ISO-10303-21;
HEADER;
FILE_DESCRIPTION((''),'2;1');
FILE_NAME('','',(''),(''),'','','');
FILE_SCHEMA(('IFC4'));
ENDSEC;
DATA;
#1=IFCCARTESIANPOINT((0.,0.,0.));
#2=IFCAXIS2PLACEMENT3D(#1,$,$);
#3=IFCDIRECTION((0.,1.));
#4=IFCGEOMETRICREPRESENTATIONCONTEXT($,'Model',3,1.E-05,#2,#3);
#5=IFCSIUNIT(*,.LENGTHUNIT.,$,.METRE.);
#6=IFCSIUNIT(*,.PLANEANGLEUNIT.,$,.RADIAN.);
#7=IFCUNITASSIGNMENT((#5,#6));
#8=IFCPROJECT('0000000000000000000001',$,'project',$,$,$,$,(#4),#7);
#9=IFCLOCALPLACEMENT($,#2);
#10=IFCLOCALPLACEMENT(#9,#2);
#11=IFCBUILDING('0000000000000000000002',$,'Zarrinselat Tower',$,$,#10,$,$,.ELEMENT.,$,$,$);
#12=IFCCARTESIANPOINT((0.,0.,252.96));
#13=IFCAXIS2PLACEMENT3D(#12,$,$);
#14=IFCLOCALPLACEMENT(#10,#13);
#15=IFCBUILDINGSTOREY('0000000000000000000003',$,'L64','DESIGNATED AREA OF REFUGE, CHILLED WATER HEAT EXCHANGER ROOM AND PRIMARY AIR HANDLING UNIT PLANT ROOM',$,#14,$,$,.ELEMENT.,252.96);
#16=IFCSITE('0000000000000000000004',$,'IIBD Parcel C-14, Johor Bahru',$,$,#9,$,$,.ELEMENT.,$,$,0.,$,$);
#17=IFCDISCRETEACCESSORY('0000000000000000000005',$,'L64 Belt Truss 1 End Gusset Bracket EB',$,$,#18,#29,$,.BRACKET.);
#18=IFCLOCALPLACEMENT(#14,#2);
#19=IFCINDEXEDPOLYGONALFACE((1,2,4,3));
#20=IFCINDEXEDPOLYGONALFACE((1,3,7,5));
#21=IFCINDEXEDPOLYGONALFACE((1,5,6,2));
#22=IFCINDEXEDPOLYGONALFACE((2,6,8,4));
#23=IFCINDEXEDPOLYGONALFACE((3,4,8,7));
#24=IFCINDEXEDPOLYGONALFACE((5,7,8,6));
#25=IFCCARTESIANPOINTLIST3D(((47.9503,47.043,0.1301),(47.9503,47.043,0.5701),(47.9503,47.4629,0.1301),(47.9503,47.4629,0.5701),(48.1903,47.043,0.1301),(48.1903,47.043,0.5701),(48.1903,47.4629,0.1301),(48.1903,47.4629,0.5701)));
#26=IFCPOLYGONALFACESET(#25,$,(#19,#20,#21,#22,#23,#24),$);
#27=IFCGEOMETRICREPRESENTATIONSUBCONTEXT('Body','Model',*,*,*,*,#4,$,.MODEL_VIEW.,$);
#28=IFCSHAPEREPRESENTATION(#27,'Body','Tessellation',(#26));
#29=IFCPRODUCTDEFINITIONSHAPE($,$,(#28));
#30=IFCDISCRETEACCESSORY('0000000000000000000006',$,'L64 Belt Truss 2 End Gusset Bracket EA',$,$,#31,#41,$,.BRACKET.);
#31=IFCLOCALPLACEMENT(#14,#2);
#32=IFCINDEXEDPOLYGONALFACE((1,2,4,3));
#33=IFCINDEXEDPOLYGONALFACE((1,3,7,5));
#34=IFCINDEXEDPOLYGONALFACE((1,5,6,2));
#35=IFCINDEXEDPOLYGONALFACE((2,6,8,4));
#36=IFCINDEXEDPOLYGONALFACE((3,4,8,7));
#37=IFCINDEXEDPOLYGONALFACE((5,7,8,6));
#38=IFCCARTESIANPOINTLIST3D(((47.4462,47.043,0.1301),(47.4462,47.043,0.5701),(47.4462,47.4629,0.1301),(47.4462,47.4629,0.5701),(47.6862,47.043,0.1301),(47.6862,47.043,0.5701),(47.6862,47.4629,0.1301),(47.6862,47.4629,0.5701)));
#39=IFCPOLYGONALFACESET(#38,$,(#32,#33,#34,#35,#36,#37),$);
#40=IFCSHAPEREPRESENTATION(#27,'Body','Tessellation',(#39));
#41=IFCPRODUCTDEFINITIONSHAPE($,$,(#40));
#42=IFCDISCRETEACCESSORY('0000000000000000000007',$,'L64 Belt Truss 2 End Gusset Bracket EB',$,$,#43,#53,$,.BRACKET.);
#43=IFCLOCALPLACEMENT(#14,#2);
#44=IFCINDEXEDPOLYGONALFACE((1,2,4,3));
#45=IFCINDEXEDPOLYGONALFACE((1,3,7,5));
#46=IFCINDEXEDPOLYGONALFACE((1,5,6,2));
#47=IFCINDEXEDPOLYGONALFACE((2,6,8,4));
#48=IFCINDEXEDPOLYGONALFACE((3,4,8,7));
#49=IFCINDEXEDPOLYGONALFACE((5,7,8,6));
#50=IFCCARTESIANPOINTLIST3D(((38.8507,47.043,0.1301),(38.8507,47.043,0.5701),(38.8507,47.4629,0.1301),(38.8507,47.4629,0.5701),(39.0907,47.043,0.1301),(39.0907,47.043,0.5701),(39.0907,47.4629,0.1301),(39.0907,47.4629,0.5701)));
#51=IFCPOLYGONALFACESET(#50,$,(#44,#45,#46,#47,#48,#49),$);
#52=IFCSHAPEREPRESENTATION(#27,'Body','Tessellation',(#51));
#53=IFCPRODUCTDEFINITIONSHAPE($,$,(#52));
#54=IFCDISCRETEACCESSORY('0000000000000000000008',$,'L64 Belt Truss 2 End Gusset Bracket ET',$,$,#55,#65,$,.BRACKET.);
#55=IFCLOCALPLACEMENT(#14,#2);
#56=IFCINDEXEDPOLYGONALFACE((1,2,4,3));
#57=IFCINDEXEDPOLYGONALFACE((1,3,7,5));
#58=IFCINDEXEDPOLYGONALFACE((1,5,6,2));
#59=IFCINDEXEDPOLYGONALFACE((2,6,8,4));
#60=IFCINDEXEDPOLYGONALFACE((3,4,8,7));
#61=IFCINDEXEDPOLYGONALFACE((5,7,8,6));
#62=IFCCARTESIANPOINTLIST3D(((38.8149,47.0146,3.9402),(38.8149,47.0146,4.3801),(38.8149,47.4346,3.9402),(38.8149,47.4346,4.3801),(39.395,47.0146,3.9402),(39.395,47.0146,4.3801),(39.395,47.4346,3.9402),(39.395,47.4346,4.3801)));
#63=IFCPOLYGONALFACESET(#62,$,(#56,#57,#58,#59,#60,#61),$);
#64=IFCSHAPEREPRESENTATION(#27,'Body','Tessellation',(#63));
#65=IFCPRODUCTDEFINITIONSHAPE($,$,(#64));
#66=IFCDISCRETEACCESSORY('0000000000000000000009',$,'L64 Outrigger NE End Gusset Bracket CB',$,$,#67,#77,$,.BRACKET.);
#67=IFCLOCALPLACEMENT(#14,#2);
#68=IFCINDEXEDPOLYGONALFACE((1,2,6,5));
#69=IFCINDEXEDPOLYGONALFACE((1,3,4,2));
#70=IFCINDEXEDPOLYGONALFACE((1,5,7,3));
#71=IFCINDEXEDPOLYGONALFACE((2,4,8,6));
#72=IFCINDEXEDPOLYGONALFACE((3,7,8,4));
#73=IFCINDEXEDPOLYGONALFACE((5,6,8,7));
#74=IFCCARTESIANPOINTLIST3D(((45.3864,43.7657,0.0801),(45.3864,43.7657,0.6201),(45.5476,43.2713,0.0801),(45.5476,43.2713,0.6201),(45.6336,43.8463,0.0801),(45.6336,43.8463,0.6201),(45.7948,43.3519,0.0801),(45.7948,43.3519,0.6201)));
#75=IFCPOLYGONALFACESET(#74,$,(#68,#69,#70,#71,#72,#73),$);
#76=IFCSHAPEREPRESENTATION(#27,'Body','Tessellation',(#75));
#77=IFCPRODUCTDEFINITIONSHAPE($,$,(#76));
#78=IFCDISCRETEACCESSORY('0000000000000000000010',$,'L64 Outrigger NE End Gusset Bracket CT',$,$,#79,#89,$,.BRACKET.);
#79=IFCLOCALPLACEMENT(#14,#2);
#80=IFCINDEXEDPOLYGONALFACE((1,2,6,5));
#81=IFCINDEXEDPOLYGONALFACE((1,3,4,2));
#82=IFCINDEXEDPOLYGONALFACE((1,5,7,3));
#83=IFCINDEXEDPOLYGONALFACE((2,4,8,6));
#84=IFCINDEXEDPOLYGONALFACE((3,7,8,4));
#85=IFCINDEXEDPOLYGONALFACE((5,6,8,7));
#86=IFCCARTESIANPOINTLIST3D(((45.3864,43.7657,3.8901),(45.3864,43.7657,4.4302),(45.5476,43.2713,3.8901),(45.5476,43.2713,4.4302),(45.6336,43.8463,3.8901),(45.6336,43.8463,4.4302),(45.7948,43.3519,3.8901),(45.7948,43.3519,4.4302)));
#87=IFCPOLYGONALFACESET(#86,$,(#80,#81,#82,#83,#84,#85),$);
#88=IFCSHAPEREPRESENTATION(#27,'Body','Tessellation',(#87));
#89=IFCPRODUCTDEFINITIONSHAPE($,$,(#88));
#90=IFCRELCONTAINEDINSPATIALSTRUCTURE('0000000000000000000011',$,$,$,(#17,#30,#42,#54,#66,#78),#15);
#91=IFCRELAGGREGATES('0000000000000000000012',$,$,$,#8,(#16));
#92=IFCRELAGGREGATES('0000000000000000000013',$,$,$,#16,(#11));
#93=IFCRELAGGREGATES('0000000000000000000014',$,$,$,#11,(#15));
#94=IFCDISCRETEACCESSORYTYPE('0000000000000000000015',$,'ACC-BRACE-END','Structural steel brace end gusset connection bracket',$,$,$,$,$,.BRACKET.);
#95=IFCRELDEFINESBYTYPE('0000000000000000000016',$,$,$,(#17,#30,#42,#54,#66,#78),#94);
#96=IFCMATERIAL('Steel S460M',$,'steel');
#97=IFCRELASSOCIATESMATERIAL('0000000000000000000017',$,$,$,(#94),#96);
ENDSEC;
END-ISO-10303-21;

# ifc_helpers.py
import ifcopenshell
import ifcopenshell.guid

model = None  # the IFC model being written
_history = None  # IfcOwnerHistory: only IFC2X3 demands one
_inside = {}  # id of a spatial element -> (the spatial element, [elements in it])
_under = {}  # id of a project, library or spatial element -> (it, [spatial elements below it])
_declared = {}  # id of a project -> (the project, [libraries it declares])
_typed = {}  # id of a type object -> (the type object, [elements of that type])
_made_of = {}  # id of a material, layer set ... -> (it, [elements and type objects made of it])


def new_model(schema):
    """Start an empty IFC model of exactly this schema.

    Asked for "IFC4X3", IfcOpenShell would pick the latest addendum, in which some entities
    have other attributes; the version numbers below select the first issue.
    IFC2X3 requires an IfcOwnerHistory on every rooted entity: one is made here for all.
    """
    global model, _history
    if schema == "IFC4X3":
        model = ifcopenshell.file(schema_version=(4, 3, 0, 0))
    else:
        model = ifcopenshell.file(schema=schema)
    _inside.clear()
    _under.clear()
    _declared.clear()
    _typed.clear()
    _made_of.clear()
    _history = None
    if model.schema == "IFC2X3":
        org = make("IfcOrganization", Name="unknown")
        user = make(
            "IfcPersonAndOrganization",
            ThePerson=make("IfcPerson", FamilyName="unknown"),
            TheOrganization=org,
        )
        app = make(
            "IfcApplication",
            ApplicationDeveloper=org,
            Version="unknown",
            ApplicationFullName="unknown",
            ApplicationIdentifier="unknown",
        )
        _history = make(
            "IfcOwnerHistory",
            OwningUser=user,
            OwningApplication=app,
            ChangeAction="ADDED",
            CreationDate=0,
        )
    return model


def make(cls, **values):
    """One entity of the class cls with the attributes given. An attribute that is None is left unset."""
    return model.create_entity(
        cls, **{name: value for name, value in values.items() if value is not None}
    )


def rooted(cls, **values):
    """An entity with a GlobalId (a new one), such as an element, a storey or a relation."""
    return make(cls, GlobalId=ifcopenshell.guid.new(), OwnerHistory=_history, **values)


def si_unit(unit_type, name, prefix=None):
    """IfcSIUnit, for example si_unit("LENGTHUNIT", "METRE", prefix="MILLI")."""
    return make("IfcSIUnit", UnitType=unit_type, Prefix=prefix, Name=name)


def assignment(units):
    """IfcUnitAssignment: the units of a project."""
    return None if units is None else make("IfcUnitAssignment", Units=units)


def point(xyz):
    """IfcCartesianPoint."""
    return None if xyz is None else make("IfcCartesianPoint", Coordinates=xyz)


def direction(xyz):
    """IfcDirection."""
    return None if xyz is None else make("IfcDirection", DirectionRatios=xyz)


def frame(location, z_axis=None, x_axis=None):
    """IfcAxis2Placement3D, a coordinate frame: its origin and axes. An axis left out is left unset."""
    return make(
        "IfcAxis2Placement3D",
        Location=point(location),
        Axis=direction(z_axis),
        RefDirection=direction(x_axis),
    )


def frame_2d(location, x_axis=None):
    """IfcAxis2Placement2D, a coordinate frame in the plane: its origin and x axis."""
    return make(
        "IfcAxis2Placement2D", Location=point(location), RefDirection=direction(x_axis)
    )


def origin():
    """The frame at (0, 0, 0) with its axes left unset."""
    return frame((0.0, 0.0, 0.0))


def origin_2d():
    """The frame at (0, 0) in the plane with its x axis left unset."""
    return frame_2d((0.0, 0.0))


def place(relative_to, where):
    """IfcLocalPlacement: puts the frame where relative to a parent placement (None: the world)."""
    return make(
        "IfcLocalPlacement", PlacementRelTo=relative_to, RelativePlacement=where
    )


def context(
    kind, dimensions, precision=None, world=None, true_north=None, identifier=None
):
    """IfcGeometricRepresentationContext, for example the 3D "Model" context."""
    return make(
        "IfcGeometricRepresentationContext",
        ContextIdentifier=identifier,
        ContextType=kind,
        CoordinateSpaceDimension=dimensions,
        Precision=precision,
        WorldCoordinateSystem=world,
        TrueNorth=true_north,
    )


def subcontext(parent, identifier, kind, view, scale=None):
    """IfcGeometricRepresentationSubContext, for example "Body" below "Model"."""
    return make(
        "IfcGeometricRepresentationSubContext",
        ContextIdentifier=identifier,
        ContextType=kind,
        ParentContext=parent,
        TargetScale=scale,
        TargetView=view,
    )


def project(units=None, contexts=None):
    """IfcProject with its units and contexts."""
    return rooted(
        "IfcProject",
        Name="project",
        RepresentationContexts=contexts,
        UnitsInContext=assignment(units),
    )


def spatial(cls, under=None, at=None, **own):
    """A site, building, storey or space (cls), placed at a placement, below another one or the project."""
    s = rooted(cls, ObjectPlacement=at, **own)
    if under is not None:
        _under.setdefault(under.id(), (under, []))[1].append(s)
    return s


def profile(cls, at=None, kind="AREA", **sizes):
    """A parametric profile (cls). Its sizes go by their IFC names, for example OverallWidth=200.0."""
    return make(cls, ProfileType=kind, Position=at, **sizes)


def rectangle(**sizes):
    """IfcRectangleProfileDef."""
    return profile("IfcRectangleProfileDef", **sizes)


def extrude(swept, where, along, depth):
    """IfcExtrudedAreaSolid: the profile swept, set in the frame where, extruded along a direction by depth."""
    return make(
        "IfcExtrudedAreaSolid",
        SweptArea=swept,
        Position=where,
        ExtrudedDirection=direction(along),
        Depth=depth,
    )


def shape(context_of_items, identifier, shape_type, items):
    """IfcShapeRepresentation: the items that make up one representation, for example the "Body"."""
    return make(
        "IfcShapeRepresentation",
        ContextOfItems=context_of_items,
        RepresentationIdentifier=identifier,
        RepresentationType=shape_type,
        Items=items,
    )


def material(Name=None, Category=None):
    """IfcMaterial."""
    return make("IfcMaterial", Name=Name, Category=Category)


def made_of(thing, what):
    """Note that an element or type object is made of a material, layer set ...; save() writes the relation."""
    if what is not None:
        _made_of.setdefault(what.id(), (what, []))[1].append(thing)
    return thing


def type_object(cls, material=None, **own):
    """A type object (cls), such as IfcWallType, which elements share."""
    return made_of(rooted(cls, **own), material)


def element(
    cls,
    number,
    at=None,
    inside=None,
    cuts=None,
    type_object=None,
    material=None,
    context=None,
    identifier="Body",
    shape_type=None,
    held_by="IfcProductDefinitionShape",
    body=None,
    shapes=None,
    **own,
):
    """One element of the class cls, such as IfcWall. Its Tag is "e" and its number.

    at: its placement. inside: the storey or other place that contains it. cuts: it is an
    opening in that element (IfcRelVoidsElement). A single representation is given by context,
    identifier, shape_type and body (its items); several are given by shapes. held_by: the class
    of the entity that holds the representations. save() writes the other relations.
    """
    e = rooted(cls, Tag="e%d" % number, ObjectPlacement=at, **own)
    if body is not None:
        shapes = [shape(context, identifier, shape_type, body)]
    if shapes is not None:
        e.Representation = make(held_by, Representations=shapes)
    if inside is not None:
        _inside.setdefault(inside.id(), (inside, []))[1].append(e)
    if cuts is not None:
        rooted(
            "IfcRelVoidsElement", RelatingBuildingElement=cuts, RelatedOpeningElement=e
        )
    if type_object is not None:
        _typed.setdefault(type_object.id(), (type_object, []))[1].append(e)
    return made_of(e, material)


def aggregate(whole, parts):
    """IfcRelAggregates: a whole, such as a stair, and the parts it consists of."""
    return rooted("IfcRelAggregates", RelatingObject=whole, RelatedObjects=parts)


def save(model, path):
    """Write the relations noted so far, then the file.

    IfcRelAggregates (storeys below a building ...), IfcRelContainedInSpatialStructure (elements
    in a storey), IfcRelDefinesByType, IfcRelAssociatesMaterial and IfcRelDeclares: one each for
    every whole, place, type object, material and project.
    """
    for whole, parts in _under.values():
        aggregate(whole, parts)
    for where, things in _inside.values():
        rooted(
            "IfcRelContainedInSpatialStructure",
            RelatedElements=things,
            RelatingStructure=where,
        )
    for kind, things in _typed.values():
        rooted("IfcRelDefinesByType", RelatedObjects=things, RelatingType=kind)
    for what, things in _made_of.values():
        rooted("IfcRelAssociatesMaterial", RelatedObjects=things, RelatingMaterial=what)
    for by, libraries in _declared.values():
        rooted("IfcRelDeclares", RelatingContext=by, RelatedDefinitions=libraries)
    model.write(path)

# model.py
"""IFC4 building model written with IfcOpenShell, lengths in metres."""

from ifc_helpers import new_model, si_unit, direction, frame, origin, origin_2d, place, context, subcontext, project, spatial, rectangle, extrude, material, type_object, element, save


model = new_model("IFC4")

# Units and contexts
model_context = context("Model", 3, precision=1e-05, world=origin(), true_north=direction((0.0, 1.0)))
body_context = subcontext(model_context, "Body", "Model", "MODEL_VIEW")
ifc_project = project(units=[si_unit("LENGTHUNIT", "METRE"), si_unit("PLANEANGLEUNIT", "RADIAN")], contexts=[model_context])

# Site, building, storey
site_placement = place(None, origin())
site = spatial("IfcSite", under=ifc_project, at=site_placement, Name="IIBD Parcel C-14, Johor Bahru", CompositionType="ELEMENT", RefElevation=0.0)
building_placement = place(site_placement, origin())
building = spatial("IfcBuilding", under=site, at=building_placement, Name="Zarrinselat Tower", CompositionType="ELEMENT")
storey_placement = place(building_placement, frame((0.0, 0.0, 252.96)))
storey = spatial("IfcBuildingStorey", under=building, at=storey_placement, Name="L64", Description="DESIGNATED AREA OF REFUGE, CHILLED WATER HEAT EXCHANGER ROOM AND PRIMARY AIR HANDLING UNIT PLANT ROOM", CompositionType="ELEMENT", Elevation=252.96)

# Discrete accessories
ifc_material_1 = material(Name="Steel S460M", Category="steel")
discrete_accessory_type = type_object("IfcDiscreteAccessoryType", Name="ACC-BRACE-END", Description="Structural steel brace end gusset connection bracket", PredefinedType="BRACKET", material=ifc_material_1)
for number, where, z_axis, x_axis, name in (
    (1, (48.0703, 47.2529, 0.1301), (0.0, 0.0, 1.0), (-1.0, 0.0, 0.0), "L64 Belt Truss 1 End Gusset Bracket EB"),
    (2, (47.5662, 47.2529, 0.1301), (0.0, 0.0, 1.0), (-1.0, 0.0, 0.0), "L64 Belt Truss 2 End Gusset Bracket EA"),
    (3, (38.9707, 47.2529, 0.1301), (0.0, 0.0, 1.0), (-1.0, 0.0, 0.0), "L64 Belt Truss 2 End Gusset Bracket EB"),
):
    element("IfcDiscreteAccessory", number, at=place(storey_placement, frame(where, z_axis=z_axis, x_axis=x_axis)), inside=storey, type_object=discrete_accessory_type, Name=name, PredefinedType="BRACKET", context=body_context, shape_type="SweptSolid", body=[
        extrude(rectangle(XDim=0.24, YDim=0.4199, at=origin_2d()), origin(), (0.0, 0.0, 1.0), 0.4399),
    ])
discrete_accessory_placement = place(storey_placement, frame((39.105, 47.2246, 3.9402), z_axis=(0.0, 0.0, 1.0), x_axis=(-1.0, 0.0, 0.0)))
element("IfcDiscreteAccessory", 4, at=discrete_accessory_placement, inside=storey, type_object=discrete_accessory_type, Name="L64 Belt Truss 2 End Gusset Bracket ET", PredefinedType="BRACKET", context=body_context, shape_type="SweptSolid", body=[
    extrude(rectangle(XDim=0.5801, YDim=0.4199, at=origin_2d()), origin(), (0.0, 0.0, 1.0), 0.4399),
])
for number, where, z_axis, x_axis, name in (
    (5, (45.5906, 43.5588, 0.0801), (0.0, 0.0, 1.0), (0.95072, 0.310051, 0.0), "L64 Outrigger NE End Gusset Bracket CB"),
    (6, (45.5906, 43.5588, 3.8901), (0.0, 0.0, 1.0), (0.95072, 0.310051, 0.0), "L64 Outrigger NE End Gusset Bracket CT"),
):
    element("IfcDiscreteAccessory", number, at=place(storey_placement, frame(where, z_axis=z_axis, x_axis=x_axis)), inside=storey, type_object=discrete_accessory_type, Name=name, PredefinedType="BRACKET", context=body_context, shape_type="SweptSolid", body=[
        extrude(rectangle(XDim=0.26, YDim=0.52, at=origin_2d()), origin(), (0.0, 0.0, 1.0), 0.54),
    ])

save(model, "model.ifc")
